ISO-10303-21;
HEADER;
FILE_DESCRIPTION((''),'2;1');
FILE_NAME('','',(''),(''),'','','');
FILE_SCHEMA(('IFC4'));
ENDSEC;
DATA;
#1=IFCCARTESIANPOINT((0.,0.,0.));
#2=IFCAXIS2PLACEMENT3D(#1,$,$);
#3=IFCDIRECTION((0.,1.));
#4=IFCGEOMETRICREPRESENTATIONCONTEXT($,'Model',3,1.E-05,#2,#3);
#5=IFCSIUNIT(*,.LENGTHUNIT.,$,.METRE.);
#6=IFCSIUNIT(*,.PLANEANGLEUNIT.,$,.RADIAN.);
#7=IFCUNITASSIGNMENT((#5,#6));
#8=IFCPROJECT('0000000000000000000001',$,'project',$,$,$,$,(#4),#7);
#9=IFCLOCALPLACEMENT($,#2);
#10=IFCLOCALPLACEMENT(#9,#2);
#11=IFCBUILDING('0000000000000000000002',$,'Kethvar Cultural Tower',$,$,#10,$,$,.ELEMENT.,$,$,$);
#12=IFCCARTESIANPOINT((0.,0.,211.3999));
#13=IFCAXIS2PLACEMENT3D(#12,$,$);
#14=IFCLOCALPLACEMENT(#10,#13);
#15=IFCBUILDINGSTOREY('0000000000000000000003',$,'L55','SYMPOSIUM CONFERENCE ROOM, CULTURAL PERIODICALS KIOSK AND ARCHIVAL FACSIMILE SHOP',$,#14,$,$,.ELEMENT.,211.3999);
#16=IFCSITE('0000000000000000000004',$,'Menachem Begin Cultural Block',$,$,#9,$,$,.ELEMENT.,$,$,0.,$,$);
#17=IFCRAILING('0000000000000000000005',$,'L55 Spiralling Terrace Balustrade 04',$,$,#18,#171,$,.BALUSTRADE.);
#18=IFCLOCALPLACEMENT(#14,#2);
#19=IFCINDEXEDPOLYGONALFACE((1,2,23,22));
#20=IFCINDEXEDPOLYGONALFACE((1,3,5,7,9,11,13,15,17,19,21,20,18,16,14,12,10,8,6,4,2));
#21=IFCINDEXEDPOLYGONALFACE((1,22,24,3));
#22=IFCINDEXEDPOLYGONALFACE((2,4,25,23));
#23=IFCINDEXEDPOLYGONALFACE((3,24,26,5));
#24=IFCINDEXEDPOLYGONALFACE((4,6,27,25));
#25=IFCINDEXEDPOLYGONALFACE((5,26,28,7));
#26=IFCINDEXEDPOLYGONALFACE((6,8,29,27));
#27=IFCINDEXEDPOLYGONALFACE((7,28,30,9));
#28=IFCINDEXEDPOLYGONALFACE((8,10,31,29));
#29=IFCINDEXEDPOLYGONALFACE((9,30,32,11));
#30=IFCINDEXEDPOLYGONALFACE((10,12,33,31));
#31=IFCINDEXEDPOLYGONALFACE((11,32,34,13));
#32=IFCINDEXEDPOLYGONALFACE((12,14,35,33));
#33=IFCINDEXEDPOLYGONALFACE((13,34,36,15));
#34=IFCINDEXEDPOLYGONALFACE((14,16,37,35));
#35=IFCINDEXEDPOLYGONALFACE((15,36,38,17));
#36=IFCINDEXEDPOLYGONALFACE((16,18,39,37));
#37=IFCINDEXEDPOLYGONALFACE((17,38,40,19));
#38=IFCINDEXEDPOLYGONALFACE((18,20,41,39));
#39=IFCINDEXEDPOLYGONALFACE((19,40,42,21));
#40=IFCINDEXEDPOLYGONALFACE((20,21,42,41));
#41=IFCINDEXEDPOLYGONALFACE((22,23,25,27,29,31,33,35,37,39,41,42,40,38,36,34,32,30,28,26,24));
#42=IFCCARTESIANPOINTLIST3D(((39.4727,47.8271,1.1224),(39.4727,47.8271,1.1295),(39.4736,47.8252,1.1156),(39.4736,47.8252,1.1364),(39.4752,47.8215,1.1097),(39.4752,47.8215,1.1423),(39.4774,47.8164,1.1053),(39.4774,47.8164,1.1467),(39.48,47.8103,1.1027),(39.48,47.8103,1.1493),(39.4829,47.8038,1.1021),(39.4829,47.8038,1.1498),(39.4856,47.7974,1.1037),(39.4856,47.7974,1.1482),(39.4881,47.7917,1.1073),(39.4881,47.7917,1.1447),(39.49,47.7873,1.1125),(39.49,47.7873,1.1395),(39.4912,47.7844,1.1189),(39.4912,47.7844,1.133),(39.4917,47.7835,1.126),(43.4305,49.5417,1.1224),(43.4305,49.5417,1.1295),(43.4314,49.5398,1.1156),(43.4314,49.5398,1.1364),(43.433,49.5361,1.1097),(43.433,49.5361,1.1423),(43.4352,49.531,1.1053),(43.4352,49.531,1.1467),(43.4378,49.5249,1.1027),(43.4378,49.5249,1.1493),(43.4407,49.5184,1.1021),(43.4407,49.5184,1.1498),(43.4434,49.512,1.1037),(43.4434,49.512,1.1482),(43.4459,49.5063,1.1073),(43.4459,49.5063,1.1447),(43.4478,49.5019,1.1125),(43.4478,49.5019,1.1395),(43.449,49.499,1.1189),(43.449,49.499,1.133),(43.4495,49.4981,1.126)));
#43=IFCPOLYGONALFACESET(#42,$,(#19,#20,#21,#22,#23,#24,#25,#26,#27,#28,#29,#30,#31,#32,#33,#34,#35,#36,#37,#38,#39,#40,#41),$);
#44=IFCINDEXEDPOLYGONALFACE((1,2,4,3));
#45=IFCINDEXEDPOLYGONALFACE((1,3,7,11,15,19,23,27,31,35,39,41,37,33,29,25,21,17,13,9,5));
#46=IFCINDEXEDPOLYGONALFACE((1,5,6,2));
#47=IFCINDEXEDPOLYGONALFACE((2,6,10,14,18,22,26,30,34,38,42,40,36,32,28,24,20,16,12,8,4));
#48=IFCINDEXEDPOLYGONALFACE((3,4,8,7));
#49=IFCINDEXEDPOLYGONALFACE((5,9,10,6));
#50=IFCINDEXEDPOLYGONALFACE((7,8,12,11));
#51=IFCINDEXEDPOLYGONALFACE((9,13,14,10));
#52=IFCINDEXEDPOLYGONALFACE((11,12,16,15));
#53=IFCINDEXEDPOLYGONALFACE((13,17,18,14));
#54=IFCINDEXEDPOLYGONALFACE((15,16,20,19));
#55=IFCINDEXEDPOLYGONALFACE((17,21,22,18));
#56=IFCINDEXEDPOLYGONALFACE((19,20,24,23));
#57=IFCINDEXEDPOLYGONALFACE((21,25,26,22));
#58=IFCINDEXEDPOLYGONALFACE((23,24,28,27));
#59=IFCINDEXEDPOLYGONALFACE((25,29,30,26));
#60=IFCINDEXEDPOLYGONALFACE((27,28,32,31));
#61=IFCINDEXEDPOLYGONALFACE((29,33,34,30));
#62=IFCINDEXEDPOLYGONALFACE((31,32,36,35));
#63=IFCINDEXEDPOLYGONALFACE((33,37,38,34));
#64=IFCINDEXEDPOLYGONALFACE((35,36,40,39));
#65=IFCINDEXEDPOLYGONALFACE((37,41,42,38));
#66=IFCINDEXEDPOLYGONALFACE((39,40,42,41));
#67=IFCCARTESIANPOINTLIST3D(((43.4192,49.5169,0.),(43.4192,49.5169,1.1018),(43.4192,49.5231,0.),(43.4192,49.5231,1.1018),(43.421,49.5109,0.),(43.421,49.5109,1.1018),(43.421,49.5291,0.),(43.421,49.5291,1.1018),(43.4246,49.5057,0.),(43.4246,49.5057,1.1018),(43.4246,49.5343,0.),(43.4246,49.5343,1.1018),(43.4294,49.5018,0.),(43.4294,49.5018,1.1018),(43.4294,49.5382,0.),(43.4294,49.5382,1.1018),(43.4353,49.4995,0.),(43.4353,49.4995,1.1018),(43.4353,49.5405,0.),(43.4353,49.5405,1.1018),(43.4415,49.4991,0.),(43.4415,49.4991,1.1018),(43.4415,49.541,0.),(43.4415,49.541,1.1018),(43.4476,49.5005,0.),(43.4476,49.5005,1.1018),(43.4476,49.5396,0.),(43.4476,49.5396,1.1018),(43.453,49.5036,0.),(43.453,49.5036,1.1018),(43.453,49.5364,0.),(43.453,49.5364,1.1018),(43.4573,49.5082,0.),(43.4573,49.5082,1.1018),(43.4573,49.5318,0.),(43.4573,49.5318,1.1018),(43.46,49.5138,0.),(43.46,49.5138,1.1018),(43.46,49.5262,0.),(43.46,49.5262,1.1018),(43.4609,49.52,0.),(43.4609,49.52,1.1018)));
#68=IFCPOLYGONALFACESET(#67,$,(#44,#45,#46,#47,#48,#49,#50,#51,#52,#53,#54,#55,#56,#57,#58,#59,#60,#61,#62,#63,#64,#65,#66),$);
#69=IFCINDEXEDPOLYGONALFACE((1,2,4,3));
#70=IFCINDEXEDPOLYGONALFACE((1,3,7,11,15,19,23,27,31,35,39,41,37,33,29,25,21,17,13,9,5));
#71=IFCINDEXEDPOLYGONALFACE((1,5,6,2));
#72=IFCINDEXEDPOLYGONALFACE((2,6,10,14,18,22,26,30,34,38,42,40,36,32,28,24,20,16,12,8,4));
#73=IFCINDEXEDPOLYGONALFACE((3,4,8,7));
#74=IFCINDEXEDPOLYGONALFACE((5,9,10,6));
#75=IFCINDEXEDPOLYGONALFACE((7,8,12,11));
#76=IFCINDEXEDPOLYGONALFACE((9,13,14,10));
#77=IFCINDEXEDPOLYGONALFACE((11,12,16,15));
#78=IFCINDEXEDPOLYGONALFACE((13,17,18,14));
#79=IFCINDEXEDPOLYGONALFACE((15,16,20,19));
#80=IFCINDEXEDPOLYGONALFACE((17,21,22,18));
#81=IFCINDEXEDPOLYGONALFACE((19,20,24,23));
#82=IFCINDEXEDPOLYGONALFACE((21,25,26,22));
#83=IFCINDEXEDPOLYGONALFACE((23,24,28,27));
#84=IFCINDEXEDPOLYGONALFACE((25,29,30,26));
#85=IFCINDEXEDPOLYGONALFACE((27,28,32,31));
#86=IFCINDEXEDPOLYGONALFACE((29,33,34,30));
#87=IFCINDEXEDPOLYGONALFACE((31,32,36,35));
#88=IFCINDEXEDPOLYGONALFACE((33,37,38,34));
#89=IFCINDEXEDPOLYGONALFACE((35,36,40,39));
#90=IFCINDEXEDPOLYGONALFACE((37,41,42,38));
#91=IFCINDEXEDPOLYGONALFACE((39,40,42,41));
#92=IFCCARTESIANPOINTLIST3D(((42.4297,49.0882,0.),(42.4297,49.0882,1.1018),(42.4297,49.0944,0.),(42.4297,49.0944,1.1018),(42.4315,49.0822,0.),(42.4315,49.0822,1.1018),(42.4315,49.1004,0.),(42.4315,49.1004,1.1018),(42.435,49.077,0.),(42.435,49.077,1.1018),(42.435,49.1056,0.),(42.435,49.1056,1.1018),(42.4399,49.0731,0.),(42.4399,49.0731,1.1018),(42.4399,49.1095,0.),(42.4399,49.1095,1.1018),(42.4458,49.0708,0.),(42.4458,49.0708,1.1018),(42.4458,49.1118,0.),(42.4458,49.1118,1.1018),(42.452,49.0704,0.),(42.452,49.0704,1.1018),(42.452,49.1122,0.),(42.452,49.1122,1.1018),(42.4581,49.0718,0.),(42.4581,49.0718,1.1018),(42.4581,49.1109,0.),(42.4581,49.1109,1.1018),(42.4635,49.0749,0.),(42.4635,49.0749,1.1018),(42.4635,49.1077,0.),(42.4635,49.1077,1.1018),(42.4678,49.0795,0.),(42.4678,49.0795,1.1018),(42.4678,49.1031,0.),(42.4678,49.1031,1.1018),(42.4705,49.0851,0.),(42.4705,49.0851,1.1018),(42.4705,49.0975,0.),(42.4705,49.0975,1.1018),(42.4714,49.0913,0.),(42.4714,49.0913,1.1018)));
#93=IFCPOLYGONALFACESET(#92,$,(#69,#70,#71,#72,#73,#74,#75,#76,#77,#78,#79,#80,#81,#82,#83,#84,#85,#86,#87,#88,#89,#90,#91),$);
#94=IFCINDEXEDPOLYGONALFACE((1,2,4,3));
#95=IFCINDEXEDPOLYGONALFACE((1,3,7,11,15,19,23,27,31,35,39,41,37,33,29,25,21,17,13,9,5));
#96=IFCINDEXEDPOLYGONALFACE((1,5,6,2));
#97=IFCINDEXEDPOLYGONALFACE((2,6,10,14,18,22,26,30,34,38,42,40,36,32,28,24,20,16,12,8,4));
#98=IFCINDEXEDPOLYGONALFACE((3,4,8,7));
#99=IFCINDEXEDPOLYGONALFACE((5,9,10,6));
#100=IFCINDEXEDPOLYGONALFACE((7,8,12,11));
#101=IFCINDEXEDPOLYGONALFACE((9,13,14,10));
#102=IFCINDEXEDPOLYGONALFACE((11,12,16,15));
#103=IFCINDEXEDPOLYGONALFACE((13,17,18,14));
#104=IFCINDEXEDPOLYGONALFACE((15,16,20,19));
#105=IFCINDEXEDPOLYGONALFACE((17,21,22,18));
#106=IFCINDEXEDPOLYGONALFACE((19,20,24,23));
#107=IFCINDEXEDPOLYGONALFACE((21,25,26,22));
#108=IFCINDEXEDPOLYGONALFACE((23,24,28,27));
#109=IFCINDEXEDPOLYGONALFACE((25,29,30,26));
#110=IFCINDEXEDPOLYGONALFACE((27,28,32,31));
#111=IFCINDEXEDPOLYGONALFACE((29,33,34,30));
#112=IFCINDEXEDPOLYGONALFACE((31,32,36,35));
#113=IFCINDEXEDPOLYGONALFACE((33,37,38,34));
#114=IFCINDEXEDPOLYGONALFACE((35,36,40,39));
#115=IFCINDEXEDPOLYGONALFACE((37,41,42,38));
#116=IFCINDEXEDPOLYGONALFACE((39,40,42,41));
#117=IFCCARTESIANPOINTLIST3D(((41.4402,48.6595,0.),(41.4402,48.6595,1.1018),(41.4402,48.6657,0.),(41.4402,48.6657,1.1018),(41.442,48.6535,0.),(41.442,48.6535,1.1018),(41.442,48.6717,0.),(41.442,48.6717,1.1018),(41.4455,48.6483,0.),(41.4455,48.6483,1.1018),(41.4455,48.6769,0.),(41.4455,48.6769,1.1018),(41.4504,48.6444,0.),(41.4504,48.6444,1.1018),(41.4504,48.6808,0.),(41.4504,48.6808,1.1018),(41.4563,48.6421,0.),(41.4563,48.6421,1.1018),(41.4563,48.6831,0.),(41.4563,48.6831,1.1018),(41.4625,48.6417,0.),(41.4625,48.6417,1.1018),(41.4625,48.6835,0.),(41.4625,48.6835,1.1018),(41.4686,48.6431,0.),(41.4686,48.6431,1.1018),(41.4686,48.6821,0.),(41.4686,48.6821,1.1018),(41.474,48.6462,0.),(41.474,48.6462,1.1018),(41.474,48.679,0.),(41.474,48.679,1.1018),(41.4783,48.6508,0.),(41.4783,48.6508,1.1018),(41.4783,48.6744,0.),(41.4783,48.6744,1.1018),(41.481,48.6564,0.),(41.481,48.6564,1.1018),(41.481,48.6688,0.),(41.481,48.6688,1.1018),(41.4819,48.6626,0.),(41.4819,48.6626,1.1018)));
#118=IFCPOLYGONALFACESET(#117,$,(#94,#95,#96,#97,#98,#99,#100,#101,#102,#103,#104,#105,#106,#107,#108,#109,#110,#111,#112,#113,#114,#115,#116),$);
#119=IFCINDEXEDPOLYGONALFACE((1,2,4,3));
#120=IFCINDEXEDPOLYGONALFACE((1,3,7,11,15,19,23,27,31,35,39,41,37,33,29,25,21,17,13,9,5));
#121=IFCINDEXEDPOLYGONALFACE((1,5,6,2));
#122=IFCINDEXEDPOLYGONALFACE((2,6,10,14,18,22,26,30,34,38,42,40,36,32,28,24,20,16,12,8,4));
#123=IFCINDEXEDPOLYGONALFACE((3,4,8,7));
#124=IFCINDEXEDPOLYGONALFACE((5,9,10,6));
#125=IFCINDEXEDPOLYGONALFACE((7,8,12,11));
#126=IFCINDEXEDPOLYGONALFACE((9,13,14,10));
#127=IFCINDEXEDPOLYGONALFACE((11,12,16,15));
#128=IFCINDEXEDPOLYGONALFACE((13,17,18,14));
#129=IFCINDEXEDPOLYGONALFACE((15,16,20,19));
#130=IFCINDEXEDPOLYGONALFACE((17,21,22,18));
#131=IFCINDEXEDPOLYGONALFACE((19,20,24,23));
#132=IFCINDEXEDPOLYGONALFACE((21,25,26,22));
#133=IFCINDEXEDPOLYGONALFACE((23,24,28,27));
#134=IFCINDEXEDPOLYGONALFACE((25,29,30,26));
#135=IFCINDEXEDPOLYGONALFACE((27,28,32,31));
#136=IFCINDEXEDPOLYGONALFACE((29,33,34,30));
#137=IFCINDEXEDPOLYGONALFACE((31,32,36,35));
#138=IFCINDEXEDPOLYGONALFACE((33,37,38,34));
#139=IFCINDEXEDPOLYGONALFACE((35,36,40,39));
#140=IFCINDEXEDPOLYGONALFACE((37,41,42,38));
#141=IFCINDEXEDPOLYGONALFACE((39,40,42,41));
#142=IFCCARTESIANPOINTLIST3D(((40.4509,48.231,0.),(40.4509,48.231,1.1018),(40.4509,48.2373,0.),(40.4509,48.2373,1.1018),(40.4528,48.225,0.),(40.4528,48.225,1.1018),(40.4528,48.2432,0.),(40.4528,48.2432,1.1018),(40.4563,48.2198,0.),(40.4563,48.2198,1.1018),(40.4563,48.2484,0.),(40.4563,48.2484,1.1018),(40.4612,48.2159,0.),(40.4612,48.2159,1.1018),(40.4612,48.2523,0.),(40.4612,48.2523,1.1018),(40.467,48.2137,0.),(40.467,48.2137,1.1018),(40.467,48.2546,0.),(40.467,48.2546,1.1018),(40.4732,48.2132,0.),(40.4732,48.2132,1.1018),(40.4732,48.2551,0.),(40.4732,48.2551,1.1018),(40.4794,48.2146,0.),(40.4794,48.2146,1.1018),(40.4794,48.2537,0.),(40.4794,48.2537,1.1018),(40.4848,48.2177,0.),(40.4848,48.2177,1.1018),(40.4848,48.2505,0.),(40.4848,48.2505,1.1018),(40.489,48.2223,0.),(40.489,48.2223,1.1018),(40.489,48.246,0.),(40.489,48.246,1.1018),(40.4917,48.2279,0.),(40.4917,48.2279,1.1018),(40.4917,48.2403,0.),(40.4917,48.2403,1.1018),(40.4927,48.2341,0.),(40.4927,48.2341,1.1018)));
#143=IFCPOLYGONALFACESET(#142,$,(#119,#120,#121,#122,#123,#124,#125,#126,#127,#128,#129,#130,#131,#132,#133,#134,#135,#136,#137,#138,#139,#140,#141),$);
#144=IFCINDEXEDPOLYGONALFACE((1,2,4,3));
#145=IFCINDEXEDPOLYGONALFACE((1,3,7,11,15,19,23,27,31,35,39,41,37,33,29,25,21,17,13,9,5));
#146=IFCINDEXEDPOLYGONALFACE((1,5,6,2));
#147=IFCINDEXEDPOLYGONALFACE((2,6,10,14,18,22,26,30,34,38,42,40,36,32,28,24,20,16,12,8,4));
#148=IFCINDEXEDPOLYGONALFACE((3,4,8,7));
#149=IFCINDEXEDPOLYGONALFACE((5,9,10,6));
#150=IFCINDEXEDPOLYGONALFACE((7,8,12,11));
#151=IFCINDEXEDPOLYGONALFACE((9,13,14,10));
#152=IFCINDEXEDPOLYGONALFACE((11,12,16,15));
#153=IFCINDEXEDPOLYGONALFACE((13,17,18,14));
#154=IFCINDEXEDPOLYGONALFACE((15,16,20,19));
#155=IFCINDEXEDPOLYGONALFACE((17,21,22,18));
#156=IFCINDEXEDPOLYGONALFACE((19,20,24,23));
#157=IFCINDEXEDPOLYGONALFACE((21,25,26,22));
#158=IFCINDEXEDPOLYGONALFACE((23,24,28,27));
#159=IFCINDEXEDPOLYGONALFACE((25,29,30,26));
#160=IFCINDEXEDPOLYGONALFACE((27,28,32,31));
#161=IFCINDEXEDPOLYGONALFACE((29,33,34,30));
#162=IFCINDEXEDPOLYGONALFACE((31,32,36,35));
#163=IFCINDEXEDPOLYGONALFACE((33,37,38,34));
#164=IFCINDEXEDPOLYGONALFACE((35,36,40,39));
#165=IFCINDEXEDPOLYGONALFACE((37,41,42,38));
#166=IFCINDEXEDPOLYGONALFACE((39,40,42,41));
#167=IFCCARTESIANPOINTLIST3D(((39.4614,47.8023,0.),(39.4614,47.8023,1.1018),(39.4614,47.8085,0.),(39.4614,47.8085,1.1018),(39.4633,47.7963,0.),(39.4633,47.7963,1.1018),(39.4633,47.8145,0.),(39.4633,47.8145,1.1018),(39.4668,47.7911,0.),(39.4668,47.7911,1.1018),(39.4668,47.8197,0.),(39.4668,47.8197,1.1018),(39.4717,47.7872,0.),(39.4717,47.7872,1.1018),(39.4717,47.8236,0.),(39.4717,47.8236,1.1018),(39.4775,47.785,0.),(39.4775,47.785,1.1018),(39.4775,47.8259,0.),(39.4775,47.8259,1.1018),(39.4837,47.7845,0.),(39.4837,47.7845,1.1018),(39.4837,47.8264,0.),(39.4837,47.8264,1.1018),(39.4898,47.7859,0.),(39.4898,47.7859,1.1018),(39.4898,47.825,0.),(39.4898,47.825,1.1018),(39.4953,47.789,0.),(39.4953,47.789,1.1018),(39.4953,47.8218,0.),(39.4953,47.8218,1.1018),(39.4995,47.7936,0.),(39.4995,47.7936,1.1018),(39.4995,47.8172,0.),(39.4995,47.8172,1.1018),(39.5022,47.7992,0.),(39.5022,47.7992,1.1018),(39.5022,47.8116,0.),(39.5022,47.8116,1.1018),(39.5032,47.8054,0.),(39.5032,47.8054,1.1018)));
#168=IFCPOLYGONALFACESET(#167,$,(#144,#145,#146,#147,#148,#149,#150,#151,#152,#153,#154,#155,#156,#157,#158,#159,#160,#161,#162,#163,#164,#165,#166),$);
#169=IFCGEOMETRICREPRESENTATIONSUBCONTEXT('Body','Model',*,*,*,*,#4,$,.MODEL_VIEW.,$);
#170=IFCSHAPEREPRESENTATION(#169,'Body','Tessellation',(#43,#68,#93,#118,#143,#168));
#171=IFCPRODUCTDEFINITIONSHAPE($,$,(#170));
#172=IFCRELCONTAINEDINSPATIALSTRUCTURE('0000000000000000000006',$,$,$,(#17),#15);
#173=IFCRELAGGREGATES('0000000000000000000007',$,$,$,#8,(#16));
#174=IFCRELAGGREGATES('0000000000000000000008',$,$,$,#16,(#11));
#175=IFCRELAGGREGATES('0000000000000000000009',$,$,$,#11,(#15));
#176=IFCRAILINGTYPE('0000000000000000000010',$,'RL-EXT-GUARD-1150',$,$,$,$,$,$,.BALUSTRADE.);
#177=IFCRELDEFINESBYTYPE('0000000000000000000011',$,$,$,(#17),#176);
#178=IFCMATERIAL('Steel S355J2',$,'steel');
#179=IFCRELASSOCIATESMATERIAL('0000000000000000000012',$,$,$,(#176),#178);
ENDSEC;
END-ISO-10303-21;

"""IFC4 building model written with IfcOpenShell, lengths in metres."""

from ifc_helpers import new_model, si_unit, direction, frame, origin, origin_2d, place, context, subcontext, project, spatial, circle, extrude, material, type_object, element, save


model = new_model("IFC4")

# Units and contexts
model_context = context("Model", 3, precision=1e-05, world=origin(), true_north=direction((0.0, 1.0)))
body_context = subcontext(model_context, "Body", "Model", "MODEL_VIEW")
ifc_project = project(units=[si_unit("LENGTHUNIT", "METRE"), si_unit("PLANEANGLEUNIT", "RADIAN")], contexts=[model_context])

# Site, building, storey
site_placement = place(None, origin())
site = spatial("IfcSite", under=ifc_project, at=site_placement, Name="Menachem Begin Cultural Block", CompositionType="ELEMENT", RefElevation=0.0)
building_placement = place(site_placement, origin())
building = spatial("IfcBuilding", under=site, at=building_placement, Name="Kethvar Cultural Tower", CompositionType="ELEMENT")
storey_placement = place(building_placement, frame((0.0, 0.0, 211.3999)))
storey = spatial("IfcBuildingStorey", under=building, at=storey_placement, Name="L55", Description="SYMPOSIUM CONFERENCE ROOM, CULTURAL PERIODICALS KIOSK AND ARCHIVAL FACSIMILE SHOP", CompositionType="ELEMENT", Elevation=211.3999)

# Shared definitions
ifc_material_1 = material(Name="Steel S355J2", Category="steel")

# Railing
railing_type = type_object("IfcRailingType", Name="RL-EXT-GUARD-1150", PredefinedType="BALUSTRADE", material=ifc_material_1)
railing_1_placement = place(storey_placement, frame((43.4399, 49.52, 0.0)))
element("IfcRailing", 1, at=railing_1_placement, inside=storey, type_object=railing_type, Name="L55 Spiralling Terrace Balustrade 04", PredefinedType="BALUSTRADE", context=body_context, shape_type="SweptSolid", body=[
    extrude(circle(Radius=0.0239, at=origin_2d()), frame((0.0, 0.0, 1.126), z_axis=(-0.917592, -0.397523, 0.0), x_axis=(0.397523, -0.917592, 0.0)), (0.0, 0.0, 1.0), 4.3132),
    extrude(circle(Radius=0.021, at=origin_2d()), origin(), (0.0, 0.0, 1.0), 1.1018),
    extrude(circle(Radius=0.021, at=origin_2d()), frame((-0.9895, -0.4287, 0.0)), (0.0, 0.0, 1.0), 1.1018),
    extrude(circle(Radius=0.021, at=origin_2d()), frame((-1.979, -0.8574, 0.0)), (0.0, 0.0, 1.0), 1.1018),
    extrude(circle(Radius=0.021, at=origin_2d()), frame((-2.9683, -1.2859, 0.0)), (0.0, 0.0, 1.0), 1.1018),
    extrude(circle(Radius=0.021, at=origin_2d()), frame((-3.9578, -1.7146, 0.0)), (0.0, 0.0, 1.0), 1.1018),
])

save(model, "model.ifc")
